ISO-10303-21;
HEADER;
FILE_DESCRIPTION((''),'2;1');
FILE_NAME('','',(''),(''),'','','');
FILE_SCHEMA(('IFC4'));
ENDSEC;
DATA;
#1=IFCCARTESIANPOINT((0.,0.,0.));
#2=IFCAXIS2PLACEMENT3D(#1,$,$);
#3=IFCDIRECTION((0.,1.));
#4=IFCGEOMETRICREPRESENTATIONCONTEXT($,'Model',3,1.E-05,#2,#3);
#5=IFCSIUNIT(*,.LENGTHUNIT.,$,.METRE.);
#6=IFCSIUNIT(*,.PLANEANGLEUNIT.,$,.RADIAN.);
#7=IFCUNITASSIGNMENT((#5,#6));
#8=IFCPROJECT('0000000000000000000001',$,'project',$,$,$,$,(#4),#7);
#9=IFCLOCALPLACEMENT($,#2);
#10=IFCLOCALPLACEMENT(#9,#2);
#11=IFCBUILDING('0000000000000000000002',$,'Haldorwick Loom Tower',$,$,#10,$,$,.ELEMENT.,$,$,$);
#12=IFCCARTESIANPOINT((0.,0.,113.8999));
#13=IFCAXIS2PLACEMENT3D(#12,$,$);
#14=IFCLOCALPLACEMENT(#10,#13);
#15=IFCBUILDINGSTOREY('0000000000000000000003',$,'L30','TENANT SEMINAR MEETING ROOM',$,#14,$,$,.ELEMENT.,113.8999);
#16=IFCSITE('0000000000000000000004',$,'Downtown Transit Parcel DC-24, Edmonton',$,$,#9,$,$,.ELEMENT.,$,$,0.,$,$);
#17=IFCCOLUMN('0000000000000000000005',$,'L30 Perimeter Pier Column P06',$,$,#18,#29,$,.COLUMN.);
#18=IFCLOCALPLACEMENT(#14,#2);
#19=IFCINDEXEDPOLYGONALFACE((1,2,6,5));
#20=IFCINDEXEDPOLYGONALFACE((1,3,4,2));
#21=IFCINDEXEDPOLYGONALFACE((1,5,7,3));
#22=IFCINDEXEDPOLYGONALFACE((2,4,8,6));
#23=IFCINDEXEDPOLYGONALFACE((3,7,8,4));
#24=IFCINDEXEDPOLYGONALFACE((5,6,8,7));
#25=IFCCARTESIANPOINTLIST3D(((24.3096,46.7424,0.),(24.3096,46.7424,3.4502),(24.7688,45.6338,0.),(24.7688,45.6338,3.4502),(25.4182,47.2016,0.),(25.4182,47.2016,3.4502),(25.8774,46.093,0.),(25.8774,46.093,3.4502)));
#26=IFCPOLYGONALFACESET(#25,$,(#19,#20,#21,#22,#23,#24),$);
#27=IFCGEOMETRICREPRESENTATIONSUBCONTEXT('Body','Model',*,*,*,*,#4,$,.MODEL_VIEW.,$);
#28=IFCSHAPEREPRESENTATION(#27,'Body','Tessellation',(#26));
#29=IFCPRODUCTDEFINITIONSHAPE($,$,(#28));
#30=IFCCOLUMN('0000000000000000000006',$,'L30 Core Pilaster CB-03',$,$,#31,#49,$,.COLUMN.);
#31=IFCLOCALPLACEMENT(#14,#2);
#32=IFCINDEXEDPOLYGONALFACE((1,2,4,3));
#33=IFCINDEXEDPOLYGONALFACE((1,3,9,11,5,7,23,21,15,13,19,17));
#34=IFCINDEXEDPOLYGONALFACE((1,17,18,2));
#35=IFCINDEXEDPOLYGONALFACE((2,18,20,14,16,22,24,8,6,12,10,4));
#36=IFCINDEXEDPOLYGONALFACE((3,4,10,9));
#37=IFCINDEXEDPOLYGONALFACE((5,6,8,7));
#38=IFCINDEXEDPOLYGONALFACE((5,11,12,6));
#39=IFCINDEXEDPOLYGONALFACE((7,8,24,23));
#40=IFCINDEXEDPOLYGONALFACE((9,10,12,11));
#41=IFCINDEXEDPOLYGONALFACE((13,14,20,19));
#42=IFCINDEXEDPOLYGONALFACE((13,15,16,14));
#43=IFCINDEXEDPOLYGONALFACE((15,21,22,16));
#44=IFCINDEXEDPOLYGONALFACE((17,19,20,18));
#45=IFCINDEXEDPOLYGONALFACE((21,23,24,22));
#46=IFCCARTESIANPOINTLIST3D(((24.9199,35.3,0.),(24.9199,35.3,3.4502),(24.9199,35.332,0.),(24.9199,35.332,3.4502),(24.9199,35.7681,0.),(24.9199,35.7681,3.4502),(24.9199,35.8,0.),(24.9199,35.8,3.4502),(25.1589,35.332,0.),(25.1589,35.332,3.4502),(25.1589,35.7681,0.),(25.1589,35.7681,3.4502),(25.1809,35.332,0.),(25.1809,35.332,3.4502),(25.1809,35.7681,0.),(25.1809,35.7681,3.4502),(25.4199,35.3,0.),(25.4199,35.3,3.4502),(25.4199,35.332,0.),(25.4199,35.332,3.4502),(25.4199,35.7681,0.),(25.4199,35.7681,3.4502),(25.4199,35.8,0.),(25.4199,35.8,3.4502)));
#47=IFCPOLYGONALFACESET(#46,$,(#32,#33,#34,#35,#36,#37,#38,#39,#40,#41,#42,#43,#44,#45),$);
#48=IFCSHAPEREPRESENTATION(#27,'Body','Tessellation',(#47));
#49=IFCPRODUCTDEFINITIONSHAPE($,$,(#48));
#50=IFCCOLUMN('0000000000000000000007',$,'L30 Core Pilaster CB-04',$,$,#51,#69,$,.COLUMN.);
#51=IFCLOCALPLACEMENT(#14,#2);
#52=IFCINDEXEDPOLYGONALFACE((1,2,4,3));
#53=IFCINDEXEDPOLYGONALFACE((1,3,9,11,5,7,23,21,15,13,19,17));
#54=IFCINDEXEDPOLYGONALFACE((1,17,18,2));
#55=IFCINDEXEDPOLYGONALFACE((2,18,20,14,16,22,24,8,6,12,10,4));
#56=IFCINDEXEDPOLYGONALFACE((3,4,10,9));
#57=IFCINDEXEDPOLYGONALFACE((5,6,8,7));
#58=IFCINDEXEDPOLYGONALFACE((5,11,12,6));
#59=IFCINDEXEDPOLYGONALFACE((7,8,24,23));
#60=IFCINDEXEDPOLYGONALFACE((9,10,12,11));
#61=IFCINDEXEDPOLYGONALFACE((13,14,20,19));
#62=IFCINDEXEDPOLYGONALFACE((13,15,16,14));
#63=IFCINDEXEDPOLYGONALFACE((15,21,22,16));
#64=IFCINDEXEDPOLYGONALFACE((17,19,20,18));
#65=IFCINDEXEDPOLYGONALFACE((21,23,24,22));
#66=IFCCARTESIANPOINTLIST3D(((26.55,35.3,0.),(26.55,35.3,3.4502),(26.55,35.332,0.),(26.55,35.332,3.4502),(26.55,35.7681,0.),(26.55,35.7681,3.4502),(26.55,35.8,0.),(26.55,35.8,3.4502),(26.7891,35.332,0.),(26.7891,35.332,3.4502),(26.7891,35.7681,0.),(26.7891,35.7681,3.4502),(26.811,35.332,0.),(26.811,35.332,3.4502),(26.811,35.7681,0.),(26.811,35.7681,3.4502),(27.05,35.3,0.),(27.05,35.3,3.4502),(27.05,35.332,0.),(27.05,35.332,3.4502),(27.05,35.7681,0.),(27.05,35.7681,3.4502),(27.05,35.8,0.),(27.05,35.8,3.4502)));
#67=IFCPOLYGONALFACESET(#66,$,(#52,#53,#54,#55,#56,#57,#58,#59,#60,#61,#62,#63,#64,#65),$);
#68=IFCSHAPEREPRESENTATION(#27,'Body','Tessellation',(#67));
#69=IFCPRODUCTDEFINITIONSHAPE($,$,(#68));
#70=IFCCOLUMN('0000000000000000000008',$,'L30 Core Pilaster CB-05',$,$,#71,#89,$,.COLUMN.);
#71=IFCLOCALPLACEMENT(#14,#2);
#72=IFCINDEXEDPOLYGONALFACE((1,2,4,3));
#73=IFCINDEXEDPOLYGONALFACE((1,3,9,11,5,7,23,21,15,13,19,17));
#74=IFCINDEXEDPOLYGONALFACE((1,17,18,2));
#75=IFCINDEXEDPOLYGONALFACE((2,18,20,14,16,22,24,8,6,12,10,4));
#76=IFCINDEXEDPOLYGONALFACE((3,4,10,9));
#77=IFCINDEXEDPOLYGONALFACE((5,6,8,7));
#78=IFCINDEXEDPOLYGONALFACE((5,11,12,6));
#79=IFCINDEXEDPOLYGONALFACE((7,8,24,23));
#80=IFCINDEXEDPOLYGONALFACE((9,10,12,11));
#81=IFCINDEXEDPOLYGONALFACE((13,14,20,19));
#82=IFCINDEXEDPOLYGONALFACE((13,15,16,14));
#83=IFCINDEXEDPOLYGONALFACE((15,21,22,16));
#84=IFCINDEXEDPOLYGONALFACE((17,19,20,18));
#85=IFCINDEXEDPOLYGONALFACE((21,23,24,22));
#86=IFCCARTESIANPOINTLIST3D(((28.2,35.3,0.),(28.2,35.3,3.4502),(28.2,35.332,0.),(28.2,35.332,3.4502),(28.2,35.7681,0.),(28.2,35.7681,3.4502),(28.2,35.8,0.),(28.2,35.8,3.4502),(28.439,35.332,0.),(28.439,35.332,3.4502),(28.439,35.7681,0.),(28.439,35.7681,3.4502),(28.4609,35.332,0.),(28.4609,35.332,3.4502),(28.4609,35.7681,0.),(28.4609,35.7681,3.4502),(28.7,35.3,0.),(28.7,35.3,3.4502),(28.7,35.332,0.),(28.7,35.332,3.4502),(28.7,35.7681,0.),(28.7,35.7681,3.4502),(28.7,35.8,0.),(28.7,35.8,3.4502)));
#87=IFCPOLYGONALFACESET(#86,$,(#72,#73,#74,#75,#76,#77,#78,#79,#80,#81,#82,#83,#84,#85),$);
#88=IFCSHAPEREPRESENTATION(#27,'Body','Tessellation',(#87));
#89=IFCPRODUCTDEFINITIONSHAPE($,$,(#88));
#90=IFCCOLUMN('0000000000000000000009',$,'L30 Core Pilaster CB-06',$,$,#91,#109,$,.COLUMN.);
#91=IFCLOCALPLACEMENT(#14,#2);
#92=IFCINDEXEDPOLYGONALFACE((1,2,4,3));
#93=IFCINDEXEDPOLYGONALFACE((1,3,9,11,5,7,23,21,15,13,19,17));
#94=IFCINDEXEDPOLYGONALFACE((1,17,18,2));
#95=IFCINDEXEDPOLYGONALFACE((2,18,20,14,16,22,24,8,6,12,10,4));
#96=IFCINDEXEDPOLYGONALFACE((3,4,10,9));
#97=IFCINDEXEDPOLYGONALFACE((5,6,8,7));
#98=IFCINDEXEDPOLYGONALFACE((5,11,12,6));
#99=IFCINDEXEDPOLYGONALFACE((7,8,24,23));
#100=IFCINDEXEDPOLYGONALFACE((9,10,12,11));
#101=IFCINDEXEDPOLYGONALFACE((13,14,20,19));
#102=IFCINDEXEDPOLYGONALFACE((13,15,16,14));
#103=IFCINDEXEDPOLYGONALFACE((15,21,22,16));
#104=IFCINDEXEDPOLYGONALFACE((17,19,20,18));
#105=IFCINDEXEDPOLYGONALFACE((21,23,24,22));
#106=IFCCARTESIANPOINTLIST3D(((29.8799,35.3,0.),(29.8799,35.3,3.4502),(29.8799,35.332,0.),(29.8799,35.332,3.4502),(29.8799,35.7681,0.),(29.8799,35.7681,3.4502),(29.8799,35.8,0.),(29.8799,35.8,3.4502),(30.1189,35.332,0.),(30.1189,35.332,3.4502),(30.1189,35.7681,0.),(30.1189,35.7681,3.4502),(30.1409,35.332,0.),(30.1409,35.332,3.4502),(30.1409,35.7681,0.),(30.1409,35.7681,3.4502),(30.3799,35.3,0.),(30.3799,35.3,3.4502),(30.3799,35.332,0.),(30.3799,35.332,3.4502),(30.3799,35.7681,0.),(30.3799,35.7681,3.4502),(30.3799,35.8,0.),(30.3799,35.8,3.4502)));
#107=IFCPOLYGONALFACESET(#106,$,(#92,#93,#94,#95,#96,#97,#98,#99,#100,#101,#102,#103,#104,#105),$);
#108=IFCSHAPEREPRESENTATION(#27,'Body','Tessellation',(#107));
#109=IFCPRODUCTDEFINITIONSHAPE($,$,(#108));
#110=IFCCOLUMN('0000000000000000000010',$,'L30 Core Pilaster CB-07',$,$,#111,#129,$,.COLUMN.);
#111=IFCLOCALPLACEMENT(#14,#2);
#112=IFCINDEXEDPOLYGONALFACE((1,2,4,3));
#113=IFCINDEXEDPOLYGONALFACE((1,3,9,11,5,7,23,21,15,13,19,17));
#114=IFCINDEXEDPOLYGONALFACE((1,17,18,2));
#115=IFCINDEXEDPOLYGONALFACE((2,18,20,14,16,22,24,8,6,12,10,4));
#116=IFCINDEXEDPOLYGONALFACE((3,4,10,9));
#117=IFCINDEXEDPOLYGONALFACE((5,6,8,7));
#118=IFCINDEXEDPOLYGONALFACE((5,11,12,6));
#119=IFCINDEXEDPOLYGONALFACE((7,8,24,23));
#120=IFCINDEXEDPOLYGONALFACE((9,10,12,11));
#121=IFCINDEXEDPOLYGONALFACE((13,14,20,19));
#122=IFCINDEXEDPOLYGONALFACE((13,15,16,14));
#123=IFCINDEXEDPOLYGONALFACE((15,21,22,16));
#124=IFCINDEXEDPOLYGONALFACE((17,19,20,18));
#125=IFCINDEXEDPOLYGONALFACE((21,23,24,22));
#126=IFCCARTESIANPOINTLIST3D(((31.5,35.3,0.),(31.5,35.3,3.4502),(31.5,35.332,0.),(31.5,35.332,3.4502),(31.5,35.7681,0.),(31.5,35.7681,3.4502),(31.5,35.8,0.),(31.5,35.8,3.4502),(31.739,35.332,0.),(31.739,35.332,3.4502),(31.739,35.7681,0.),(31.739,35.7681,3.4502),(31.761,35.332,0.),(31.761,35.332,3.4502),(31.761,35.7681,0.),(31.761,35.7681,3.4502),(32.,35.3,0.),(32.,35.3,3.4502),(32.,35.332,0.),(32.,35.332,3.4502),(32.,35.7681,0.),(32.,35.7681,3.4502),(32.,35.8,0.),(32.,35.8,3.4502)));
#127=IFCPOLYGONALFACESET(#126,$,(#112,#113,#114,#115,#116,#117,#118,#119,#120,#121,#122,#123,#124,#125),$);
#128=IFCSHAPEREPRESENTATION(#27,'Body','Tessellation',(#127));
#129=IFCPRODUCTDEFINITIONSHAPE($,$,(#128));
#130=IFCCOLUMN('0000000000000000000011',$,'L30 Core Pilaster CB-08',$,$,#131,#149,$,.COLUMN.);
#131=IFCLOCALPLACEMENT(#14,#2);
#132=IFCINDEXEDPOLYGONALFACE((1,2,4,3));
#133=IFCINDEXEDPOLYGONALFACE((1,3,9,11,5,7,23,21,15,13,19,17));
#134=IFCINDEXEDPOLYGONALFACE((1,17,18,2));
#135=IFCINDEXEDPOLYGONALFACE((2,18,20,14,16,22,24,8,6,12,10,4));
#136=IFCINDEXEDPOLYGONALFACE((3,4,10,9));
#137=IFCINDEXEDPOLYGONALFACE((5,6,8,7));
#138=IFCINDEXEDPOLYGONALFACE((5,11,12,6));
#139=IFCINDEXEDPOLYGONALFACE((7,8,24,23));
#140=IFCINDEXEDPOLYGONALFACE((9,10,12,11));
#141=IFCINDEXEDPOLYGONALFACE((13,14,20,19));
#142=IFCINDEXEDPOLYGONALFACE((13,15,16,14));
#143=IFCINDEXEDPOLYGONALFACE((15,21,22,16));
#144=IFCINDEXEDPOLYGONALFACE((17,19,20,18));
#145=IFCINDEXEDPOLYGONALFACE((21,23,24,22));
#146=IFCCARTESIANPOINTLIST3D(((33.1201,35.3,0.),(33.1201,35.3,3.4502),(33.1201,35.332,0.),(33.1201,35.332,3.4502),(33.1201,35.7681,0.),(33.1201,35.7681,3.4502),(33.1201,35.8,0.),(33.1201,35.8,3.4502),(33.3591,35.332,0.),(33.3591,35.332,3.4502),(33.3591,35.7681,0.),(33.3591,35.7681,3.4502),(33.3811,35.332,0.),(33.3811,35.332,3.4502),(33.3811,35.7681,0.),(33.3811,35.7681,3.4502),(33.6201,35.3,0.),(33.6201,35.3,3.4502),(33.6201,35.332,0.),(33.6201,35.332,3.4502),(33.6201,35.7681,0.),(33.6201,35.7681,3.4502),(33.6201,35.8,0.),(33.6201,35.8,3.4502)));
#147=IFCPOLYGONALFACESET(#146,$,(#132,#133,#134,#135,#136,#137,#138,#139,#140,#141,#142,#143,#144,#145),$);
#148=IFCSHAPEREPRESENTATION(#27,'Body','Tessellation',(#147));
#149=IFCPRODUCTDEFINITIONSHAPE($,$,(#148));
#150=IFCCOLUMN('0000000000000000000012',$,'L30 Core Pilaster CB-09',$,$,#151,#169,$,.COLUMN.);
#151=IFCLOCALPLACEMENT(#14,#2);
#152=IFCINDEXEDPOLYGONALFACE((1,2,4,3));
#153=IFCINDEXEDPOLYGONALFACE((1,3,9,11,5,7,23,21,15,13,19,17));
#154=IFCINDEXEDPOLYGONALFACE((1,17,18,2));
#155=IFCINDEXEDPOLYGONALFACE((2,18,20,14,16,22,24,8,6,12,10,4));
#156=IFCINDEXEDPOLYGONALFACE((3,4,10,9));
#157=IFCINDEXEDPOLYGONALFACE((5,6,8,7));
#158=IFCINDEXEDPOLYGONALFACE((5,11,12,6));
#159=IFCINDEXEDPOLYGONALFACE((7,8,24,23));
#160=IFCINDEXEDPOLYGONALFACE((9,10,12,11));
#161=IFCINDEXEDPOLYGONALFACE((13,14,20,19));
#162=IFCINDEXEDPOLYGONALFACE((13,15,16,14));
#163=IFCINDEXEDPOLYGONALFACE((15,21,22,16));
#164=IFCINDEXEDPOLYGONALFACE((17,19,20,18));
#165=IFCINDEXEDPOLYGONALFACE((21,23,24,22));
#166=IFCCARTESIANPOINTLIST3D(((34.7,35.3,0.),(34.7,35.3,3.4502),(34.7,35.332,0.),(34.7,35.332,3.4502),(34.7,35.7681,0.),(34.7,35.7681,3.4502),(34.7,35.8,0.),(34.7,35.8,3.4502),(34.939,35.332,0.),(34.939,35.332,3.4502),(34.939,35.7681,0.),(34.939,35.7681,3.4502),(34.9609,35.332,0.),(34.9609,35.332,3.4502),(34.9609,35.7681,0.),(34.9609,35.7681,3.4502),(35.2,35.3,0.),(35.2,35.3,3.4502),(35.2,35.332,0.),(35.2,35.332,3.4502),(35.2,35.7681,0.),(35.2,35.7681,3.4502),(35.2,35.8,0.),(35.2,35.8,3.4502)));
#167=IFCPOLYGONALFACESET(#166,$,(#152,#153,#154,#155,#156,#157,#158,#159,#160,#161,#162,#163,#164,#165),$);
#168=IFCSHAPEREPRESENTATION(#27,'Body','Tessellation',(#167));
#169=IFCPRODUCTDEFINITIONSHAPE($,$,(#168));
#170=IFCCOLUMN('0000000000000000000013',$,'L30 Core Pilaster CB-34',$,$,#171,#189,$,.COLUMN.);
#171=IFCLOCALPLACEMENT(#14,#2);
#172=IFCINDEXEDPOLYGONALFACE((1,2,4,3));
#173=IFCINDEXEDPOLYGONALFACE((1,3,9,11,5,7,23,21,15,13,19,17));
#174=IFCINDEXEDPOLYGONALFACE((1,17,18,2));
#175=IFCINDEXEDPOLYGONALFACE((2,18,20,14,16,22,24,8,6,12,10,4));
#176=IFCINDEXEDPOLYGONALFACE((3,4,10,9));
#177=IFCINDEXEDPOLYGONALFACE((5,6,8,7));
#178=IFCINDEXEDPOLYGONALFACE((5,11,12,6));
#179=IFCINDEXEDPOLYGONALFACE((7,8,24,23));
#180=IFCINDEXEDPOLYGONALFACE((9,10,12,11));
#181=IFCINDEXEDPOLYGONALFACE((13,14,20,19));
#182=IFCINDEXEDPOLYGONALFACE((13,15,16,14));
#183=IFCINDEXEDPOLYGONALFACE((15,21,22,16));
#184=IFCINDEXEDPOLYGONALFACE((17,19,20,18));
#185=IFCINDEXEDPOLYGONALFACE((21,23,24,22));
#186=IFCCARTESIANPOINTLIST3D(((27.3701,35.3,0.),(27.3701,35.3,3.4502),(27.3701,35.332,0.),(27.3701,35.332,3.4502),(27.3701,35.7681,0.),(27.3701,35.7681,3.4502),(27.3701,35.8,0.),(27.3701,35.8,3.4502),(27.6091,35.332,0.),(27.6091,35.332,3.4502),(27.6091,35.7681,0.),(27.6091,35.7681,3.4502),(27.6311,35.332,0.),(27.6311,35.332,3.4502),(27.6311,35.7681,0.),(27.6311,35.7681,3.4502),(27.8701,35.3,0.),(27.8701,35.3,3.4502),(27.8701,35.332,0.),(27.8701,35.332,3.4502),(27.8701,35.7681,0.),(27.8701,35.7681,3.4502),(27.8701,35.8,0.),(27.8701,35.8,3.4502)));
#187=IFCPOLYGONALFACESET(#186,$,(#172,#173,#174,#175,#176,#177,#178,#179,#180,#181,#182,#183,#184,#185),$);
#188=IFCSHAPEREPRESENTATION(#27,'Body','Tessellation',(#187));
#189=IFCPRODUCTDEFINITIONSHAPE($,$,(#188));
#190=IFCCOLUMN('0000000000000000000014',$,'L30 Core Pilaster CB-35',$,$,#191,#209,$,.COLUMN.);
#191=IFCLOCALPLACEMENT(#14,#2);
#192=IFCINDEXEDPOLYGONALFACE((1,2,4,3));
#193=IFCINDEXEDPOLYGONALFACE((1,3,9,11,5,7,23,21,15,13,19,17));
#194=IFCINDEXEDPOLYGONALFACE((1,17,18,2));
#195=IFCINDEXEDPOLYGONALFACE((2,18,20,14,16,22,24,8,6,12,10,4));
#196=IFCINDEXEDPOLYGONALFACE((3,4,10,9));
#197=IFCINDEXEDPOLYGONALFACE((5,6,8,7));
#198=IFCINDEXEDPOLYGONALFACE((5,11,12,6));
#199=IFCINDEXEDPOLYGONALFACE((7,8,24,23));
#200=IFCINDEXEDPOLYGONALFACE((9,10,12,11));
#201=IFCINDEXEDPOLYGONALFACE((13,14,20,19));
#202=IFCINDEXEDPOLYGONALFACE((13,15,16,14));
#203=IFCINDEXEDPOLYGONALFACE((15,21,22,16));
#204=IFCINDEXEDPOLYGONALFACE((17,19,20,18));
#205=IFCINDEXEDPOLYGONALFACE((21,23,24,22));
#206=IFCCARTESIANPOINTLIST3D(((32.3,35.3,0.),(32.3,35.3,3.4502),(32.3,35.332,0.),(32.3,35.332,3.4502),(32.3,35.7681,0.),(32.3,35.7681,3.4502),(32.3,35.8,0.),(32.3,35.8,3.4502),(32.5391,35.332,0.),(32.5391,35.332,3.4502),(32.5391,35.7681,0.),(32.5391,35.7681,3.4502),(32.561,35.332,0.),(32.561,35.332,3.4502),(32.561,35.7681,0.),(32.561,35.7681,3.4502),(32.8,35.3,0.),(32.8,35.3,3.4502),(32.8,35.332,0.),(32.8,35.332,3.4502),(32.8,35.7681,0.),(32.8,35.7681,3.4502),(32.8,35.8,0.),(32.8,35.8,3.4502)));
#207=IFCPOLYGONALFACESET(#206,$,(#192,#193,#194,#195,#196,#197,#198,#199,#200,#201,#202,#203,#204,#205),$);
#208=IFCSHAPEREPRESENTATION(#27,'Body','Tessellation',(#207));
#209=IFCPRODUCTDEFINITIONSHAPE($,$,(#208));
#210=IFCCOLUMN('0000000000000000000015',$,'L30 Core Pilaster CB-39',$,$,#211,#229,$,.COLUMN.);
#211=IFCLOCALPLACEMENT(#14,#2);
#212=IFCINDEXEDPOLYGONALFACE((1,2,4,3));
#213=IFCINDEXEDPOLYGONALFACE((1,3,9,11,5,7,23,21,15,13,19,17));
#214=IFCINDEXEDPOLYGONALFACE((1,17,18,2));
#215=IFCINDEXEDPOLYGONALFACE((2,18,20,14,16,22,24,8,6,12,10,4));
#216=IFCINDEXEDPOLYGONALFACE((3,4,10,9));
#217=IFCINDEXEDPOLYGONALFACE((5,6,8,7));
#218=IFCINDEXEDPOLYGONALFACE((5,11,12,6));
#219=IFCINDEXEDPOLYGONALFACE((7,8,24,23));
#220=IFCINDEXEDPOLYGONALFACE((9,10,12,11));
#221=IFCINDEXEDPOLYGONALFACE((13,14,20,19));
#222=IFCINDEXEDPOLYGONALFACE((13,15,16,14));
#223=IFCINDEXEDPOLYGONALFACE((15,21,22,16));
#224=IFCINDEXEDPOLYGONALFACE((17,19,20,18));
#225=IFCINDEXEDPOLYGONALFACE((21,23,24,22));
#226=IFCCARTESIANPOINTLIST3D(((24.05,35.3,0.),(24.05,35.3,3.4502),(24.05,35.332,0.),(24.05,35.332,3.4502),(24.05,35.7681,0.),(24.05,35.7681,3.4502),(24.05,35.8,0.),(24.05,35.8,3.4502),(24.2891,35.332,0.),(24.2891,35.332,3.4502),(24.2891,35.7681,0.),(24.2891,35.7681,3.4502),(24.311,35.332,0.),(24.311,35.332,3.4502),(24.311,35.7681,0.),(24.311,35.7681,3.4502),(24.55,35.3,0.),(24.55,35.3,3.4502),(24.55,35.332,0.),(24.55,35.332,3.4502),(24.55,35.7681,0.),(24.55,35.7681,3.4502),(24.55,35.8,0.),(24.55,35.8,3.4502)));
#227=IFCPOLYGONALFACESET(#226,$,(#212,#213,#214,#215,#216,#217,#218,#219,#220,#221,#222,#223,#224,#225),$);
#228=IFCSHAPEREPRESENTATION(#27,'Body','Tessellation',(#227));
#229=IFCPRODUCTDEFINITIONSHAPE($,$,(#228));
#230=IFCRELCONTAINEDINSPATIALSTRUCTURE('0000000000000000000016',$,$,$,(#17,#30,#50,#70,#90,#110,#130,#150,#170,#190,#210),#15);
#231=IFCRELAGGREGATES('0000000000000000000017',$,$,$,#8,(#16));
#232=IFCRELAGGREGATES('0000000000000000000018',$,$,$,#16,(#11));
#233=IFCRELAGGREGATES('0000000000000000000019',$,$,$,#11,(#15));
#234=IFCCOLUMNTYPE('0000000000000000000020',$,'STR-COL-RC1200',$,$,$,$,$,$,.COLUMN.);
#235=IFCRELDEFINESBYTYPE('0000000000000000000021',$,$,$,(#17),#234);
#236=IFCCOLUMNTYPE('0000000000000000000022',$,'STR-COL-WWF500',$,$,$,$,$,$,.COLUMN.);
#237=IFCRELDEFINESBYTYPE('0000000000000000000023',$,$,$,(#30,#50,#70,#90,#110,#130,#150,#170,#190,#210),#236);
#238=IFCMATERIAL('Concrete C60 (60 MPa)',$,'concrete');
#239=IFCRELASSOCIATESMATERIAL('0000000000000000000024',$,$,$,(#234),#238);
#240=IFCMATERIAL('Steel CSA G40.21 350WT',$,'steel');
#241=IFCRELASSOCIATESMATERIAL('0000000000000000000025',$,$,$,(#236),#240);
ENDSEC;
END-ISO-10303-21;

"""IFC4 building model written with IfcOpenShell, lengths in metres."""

from ifc_helpers import new_model, si_unit, direction, frame, origin, origin_2d, place, context, subcontext, project, spatial, rectangle, i_section, extrude, material, material_profile, profile_set, type_object, element, save


model = new_model("IFC4")

# Units and contexts
model_context = context("Model", 3, precision=1e-05, world=origin(), true_north=direction((0.0, 1.0)))
body_context = subcontext(model_context, "Body", "Model", "MODEL_VIEW")
ifc_project = project(units=[si_unit("LENGTHUNIT", "METRE"), si_unit("PLANEANGLEUNIT", "RADIAN")], contexts=[model_context])

# Site, building, storey
site_placement = place(None, origin())
site = spatial("IfcSite", under=ifc_project, at=site_placement, Name="Downtown Transit Parcel DC-24, Edmonton", CompositionType="ELEMENT", RefElevation=0.0)
building_placement = place(site_placement, origin())
building = spatial("IfcBuilding", under=site, at=building_placement, Name="Haldorwick Loom Tower", CompositionType="ELEMENT")
storey_placement = place(building_placement, frame((0.0, 0.0, 113.8999)))
storey = spatial("IfcBuildingStorey", under=building, at=storey_placement, Name="L30", Description="TENANT SEMINAR MEETING ROOM", CompositionType="ELEMENT", Elevation=113.8999)

# Columns
ifc_material_1 = material(Name="Concrete C60 (60 MPa)", Category="concrete")
ifc_material_profile_1 = material_profile(ifc_material_1, rectangle(XDim=1.2, YDim=1.2, at=origin_2d()), Name="RC1200X1200", Category="concrete")
ifc_profile_set_1 = profile_set([ifc_material_profile_1], Name="Concrete C60 (60 MPa)")
column_type_1 = type_object("IfcColumnType", Name="STR-COL-RC1200", PredefinedType="COLUMN", material=ifc_profile_set_1)
column_placement = place(storey_placement, frame((25.0935, 46.4177, 0.0), z_axis=(0.0, 0.0, 1.0), x_axis=(-0.382683, 0.92388, 0.0)))
element("IfcColumn", 1, at=column_placement, inside=storey, type_object=column_type_1, Name="L30 Perimeter Pier Column P06", PredefinedType="COLUMN", context=body_context, shape_type="SweptSolid", body=[
    extrude(rectangle(XDim=1.2, YDim=1.2, at=origin_2d()), origin(), (0.0, 0.0, 1.0), 3.4502),
])
ifc_material_2 = material(Name="Steel CSA G40.21 350WT", Category="steel")
ifc_material_profile_2 = material_profile(ifc_material_2, i_section(OverallWidth=0.5, OverallDepth=0.5, WebThickness=0.022, FlangeThickness=0.032, at=origin_2d()), Name="WWF500X500", Category="steel")
ifc_profile_set_2 = profile_set([ifc_material_profile_2], Name="Steel CSA G40.21 350WT")
column_type_2 = type_object("IfcColumnType", Name="STR-COL-WWF500", PredefinedType="COLUMN", material=ifc_profile_set_2)
for number, where, z_axis, x_axis, name in (
    (2, (25.1699, 35.55, 0.0), (0.0, 0.0, 1.0), (1.0, 0.0, 0.0), "L30 Core Pilaster CB-03"),
    (3, (26.8, 35.55, 0.0), (0.0, 0.0, 1.0), (1.0, 0.0, 0.0), "L30 Core Pilaster CB-04"),
    (4, (28.45, 35.55, 0.0), (0.0, 0.0, 1.0), (1.0, 0.0, 0.0), "L30 Core Pilaster CB-05"),
    (5, (30.1299, 35.55, 0.0), (0.0, 0.0, 1.0), (1.0, 0.0, 0.0), "L30 Core Pilaster CB-06"),
    (6, (31.75, 35.55, 0.0), (0.0, 0.0, 1.0), (1.0, 0.0, 0.0), "L30 Core Pilaster CB-07"),
    (7, (33.3701, 35.55, 0.0), (0.0, 0.0, 1.0), (1.0, 0.0, 0.0), "L30 Core Pilaster CB-08"),
    (8, (34.95, 35.55, 0.0), (0.0, 0.0, 1.0), (1.0, 0.0, 0.0), "L30 Core Pilaster CB-09"),
    (9, (27.6201, 35.55, 0.0), (0.0, 0.0, 1.0), (1.0, 0.0, 0.0), "L30 Core Pilaster CB-34"),
    (10, (32.55, 35.55, 0.0), (0.0, 0.0, 1.0), (1.0, 0.0, 0.0), "L30 Core Pilaster CB-35"),
    (11, (24.3, 35.55, 0.0), (0.0, 0.0, 1.0), (1.0, 0.0, 0.0), "L30 Core Pilaster CB-39"),
):
    element("IfcColumn", number, at=place(storey_placement, frame(where, z_axis=z_axis, x_axis=x_axis)), inside=storey, type_object=column_type_2, Name=name, PredefinedType="COLUMN", context=body_context, shape_type="SweptSolid", body=[
        extrude(i_section(OverallWidth=0.5, OverallDepth=0.5, WebThickness=0.022, FlangeThickness=0.032, at=origin_2d()), origin(), (0.0, 0.0, 1.0), 3.4502),
    ])

save(model, "model.ifc")
